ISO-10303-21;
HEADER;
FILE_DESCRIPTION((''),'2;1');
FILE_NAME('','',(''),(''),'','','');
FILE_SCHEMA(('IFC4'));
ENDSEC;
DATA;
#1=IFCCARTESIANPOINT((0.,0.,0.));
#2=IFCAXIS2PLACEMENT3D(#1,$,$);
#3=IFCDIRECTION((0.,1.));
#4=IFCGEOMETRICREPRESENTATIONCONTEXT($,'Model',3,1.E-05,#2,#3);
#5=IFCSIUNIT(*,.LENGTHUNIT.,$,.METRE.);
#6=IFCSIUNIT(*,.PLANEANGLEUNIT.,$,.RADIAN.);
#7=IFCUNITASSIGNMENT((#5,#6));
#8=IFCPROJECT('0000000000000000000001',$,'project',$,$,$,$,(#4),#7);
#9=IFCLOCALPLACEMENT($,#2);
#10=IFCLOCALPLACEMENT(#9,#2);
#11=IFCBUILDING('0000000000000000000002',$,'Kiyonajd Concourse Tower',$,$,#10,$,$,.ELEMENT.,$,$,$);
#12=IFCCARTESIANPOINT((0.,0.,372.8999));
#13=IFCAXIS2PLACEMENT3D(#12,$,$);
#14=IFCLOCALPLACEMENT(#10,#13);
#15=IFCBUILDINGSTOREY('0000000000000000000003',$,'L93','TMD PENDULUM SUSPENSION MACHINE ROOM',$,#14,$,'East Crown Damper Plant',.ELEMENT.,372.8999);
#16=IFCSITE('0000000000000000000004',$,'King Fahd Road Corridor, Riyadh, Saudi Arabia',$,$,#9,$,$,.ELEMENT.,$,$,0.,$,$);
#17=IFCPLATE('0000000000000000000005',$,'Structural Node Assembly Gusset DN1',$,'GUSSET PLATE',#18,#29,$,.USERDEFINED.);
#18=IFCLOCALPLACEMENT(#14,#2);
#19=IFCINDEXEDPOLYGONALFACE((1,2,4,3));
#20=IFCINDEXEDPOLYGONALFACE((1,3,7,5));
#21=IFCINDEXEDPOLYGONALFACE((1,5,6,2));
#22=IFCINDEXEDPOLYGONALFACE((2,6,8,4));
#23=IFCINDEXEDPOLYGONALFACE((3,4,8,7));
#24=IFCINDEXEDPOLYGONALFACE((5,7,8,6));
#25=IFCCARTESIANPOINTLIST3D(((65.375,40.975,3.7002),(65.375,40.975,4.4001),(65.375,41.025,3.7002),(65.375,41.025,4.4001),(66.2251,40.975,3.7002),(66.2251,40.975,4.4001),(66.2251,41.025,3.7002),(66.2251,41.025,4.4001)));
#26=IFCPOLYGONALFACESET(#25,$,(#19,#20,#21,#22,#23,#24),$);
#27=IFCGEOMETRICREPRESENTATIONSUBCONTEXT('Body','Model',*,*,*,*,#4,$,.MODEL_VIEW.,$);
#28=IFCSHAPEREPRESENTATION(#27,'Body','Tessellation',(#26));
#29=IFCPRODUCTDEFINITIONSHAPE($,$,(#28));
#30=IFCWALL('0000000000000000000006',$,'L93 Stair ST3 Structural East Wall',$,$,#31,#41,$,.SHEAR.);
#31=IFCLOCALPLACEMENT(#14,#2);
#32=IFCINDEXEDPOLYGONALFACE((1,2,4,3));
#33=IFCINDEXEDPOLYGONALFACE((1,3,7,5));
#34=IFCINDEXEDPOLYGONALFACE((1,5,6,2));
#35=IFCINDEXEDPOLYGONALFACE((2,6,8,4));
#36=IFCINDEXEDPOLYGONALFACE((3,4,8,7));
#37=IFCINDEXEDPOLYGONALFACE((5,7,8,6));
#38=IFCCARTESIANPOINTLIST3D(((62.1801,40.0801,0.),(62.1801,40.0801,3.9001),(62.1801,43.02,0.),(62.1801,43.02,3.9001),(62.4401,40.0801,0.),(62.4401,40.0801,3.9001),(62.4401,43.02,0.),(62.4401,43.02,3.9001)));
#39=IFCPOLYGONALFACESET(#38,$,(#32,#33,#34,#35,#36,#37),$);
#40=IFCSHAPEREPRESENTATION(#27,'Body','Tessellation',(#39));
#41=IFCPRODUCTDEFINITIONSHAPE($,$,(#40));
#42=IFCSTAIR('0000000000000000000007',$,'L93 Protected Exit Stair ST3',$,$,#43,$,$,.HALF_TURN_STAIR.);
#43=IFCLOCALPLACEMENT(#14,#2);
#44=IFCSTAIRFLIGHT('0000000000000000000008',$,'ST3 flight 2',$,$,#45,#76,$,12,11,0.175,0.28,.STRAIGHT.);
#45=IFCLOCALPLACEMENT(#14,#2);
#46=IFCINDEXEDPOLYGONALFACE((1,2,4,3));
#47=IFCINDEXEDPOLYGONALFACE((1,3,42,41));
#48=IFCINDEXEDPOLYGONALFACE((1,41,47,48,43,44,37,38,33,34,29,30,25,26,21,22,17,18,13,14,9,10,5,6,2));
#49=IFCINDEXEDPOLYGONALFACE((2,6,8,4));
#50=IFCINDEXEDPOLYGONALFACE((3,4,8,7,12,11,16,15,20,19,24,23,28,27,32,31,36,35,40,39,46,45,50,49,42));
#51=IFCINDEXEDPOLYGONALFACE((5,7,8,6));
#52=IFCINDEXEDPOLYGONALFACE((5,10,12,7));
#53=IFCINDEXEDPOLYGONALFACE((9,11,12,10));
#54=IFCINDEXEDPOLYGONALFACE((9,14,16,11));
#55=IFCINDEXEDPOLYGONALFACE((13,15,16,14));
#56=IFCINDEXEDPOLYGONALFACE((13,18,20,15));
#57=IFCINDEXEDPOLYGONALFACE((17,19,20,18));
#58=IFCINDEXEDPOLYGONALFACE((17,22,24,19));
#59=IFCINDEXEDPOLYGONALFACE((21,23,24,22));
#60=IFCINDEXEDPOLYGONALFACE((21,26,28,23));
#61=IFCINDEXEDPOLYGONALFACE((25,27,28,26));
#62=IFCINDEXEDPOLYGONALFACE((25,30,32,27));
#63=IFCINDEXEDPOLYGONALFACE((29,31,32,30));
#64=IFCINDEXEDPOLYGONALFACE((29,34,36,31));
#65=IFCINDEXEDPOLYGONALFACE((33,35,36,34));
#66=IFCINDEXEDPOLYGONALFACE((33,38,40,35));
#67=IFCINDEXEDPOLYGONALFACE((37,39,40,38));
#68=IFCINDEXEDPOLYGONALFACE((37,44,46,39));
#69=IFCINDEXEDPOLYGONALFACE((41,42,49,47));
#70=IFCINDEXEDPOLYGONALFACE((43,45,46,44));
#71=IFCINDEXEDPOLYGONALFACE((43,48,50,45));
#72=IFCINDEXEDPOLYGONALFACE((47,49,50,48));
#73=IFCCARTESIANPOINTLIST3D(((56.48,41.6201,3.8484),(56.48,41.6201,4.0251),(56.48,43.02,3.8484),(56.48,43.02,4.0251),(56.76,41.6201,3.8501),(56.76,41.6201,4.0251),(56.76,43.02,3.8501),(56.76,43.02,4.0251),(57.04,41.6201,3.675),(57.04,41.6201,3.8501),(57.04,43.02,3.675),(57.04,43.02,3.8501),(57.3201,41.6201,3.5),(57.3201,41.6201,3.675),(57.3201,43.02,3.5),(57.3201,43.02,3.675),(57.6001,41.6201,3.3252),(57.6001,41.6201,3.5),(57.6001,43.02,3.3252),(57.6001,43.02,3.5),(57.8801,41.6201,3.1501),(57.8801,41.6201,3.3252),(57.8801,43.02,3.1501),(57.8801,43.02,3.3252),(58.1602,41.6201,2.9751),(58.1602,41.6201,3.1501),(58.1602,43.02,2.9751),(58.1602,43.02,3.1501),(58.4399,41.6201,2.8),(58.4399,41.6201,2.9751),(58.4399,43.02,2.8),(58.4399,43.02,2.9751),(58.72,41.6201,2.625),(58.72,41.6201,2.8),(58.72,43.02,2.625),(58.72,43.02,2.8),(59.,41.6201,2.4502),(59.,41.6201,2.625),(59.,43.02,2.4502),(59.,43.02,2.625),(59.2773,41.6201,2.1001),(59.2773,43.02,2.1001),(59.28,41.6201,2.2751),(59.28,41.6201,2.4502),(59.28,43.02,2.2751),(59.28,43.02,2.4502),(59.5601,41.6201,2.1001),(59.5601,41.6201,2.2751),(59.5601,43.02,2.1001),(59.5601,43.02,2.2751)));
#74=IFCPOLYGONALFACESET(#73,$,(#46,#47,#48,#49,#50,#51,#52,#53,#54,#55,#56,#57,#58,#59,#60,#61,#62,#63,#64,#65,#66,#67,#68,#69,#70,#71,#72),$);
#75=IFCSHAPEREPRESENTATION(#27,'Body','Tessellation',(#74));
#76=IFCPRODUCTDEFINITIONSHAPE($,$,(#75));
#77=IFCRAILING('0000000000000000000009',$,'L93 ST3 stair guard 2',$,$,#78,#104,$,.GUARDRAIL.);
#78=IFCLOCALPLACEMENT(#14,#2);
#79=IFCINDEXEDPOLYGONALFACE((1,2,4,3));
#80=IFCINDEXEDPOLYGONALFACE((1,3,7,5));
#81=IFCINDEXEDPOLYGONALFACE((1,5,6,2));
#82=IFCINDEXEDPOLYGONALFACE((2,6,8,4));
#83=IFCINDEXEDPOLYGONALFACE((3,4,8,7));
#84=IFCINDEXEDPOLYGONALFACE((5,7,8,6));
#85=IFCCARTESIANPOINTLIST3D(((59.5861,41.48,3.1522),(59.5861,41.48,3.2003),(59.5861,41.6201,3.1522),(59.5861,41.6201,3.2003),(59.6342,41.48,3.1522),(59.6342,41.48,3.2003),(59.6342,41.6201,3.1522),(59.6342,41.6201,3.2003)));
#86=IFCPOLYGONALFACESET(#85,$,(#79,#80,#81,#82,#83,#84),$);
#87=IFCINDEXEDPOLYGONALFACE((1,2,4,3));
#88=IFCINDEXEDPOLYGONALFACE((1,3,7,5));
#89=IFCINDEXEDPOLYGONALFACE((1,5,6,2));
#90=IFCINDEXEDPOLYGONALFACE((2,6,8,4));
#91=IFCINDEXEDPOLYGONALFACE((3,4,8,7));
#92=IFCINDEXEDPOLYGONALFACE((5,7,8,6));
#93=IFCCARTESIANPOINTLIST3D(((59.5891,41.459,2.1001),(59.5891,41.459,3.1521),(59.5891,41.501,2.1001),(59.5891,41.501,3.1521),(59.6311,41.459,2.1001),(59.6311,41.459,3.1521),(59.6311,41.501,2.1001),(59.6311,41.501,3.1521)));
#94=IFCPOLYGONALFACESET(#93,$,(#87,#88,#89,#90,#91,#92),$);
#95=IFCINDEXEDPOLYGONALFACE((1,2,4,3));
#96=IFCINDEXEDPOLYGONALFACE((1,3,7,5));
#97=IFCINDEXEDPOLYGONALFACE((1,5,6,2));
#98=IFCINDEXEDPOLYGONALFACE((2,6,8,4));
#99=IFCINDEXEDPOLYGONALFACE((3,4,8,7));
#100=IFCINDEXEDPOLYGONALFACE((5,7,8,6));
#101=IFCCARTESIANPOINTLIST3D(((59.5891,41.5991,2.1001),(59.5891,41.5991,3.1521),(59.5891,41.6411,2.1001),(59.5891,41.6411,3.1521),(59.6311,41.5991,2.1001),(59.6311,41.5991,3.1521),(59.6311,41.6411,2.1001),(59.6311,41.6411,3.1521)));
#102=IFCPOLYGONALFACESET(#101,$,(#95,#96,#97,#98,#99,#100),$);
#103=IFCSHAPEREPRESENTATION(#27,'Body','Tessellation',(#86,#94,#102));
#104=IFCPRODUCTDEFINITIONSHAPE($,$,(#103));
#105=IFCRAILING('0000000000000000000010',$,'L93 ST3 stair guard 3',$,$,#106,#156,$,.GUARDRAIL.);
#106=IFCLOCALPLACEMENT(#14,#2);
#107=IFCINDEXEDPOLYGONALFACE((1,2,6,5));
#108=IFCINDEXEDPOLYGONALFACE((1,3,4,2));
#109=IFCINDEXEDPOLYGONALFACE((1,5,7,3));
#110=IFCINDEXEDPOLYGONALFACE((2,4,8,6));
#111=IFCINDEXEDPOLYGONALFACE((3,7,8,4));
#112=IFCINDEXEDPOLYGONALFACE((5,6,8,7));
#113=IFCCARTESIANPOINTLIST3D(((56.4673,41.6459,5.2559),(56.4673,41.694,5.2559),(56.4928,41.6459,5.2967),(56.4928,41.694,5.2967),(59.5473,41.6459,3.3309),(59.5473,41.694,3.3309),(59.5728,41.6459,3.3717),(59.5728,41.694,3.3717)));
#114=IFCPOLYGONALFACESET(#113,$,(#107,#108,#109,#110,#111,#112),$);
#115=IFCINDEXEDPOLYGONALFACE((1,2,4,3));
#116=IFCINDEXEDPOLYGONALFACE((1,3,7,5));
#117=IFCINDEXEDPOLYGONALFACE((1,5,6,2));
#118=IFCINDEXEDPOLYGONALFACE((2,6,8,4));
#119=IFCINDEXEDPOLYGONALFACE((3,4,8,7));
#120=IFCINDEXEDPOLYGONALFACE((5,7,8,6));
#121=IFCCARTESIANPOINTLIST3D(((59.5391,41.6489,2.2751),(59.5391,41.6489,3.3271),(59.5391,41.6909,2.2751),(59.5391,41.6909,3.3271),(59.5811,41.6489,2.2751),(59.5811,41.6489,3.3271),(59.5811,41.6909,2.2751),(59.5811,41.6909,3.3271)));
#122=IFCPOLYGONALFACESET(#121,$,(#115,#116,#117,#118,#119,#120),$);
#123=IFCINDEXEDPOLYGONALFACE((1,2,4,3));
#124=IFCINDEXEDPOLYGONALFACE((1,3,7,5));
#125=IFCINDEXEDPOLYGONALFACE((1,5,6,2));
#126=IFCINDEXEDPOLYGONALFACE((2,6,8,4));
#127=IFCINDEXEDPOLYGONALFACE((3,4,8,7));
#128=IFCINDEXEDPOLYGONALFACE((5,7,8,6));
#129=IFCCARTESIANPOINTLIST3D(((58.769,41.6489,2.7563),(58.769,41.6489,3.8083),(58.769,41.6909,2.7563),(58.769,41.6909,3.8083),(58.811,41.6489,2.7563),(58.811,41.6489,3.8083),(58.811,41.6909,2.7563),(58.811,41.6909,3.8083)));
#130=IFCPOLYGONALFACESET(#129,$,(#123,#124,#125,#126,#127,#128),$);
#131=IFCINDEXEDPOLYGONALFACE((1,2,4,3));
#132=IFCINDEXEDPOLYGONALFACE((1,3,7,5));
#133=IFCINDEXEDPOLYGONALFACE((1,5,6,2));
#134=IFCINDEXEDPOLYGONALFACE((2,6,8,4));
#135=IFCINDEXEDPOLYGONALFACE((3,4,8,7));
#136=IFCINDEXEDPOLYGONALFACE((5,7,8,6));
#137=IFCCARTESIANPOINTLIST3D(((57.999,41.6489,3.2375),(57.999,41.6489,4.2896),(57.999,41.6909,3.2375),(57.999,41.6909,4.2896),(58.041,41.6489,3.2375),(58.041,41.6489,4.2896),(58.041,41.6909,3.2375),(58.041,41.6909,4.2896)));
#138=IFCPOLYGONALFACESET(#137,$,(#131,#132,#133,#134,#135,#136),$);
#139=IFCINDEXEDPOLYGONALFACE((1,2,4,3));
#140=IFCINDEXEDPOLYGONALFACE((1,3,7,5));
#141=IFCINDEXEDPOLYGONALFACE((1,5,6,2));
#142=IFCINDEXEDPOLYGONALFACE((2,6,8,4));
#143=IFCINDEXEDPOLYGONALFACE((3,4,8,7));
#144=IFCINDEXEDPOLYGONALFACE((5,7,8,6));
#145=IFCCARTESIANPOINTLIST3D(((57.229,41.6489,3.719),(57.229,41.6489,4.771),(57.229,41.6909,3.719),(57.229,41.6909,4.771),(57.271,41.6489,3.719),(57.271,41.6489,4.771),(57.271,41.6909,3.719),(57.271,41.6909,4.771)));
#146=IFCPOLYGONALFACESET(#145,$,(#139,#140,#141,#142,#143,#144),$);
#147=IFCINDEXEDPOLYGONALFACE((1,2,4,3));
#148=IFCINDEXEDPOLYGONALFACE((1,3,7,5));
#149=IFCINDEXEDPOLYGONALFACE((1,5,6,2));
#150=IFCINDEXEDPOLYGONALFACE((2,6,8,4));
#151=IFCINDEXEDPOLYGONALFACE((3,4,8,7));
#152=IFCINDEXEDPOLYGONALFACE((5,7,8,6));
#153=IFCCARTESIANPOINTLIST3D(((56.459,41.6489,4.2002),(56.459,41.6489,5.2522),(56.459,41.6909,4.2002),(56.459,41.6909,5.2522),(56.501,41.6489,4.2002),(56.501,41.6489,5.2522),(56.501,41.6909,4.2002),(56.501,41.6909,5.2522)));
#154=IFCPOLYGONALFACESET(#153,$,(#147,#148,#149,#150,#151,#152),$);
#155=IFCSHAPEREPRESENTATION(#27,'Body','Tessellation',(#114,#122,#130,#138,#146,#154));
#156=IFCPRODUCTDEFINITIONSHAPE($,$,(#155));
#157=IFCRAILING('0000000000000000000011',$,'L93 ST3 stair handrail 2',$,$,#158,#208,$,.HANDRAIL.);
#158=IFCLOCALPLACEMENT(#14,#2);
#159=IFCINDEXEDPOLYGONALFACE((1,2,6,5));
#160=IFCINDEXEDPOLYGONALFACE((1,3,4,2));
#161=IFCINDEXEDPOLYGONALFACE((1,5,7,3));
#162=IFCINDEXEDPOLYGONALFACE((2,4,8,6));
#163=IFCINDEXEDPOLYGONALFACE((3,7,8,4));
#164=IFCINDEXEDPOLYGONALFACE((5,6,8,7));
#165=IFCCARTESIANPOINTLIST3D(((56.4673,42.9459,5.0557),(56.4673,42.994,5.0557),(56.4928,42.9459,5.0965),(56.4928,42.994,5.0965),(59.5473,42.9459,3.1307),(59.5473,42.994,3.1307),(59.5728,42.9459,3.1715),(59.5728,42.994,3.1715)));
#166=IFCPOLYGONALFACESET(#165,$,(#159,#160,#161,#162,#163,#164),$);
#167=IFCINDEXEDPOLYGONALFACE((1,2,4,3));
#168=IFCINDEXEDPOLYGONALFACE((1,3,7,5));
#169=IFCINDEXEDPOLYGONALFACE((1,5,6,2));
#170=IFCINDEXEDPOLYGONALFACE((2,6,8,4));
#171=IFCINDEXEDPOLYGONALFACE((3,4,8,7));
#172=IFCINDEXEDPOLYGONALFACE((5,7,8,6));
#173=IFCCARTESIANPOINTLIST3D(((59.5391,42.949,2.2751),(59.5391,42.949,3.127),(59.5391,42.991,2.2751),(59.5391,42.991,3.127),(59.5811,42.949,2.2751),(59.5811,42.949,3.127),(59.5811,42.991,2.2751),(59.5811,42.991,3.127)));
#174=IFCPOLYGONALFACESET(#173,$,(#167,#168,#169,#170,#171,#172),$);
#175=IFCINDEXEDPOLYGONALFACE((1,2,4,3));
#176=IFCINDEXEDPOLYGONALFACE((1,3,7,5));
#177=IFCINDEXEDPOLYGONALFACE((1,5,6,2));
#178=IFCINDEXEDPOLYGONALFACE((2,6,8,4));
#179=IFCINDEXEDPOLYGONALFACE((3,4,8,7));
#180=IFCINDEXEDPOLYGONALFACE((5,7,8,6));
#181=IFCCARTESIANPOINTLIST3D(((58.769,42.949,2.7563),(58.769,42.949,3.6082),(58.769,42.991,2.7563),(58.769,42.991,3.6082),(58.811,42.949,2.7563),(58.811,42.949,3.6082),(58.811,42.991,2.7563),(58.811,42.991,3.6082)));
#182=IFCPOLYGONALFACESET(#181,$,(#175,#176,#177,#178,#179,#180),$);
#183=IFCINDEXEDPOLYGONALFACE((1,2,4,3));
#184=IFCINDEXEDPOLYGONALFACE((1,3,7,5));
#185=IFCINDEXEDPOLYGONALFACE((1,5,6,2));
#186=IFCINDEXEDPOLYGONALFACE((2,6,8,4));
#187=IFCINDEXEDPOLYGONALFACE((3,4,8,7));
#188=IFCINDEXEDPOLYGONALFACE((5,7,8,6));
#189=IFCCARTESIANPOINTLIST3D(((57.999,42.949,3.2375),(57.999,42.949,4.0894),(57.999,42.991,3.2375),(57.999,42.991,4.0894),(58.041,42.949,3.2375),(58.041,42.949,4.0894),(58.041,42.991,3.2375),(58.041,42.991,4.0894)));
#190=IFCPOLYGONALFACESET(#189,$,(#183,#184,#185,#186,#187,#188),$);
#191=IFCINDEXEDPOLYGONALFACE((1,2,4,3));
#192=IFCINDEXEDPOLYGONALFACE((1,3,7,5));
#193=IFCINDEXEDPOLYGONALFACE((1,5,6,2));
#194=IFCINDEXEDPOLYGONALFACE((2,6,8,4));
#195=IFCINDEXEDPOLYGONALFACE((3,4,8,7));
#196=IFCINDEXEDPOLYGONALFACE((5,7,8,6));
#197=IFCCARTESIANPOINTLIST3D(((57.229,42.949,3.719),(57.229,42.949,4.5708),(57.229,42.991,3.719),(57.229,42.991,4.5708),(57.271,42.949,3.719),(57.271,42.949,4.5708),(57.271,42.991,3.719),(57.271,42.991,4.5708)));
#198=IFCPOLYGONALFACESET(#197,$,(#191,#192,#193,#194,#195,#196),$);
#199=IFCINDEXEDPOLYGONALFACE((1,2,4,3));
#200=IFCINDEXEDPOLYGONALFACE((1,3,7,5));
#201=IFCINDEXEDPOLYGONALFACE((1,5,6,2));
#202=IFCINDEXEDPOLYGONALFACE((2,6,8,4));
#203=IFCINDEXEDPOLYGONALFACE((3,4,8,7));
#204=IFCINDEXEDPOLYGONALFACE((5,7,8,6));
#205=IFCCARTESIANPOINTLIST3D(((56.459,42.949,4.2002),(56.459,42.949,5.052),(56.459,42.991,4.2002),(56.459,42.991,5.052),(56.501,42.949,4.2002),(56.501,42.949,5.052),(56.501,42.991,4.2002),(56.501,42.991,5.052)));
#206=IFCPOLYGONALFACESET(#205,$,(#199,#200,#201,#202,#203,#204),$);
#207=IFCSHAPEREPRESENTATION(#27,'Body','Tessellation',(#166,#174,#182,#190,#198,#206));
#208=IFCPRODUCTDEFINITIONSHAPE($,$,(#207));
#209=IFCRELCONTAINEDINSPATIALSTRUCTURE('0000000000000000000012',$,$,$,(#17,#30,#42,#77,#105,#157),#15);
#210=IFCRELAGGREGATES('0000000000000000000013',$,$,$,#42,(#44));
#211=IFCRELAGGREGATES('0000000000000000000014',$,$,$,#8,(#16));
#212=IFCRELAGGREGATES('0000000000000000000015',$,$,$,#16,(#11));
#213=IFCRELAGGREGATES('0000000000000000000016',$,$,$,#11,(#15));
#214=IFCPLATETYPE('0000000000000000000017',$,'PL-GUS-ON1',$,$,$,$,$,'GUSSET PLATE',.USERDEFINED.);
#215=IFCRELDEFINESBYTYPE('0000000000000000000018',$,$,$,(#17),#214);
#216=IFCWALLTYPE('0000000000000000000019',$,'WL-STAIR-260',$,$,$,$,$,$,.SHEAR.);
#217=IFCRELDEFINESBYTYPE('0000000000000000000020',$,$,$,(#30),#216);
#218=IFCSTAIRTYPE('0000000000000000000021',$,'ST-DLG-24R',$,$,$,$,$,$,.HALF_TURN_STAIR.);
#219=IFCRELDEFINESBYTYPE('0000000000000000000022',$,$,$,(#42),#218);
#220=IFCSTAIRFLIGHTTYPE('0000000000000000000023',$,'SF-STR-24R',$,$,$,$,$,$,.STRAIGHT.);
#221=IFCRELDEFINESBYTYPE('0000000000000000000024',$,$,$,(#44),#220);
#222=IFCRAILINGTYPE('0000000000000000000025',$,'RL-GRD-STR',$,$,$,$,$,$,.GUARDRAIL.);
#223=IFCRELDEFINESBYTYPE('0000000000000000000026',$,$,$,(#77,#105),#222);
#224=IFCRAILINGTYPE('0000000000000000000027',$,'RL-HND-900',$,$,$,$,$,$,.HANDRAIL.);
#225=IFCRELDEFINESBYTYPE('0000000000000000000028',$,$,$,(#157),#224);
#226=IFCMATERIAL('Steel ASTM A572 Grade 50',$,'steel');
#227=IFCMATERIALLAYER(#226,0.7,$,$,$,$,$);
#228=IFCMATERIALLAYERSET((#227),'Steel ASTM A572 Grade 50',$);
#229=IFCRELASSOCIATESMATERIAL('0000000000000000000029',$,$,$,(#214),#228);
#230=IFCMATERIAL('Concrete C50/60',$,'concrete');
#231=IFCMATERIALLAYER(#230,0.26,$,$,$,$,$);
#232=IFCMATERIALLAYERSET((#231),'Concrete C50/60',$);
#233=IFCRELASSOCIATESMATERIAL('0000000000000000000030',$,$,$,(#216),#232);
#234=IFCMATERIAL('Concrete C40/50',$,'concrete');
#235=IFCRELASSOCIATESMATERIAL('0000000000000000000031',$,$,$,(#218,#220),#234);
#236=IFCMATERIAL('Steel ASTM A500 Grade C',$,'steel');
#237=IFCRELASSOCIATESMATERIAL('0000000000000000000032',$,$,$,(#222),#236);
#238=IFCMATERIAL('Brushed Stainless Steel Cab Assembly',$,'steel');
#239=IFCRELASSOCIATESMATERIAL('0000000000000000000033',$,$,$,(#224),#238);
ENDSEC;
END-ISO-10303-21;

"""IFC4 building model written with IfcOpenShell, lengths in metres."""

from ifc_helpers import new_model, si_unit, direction, frame, frame_2d, origin, origin_2d, place, context, subcontext, project, spatial, polyline, rectangle, outline, extrude, material, layer, layer_set, type_object, element, aggregate, save


model = new_model("IFC4")

# Units and contexts
model_context = context("Model", 3, precision=1e-05, world=origin(), true_north=direction((0.0, 1.0)))
body_context = subcontext(model_context, "Body", "Model", "MODEL_VIEW")
ifc_project = project(units=[si_unit("LENGTHUNIT", "METRE"), si_unit("PLANEANGLEUNIT", "RADIAN")], contexts=[model_context])

# Site, building, storey
site_placement = place(None, origin())
site = spatial("IfcSite", under=ifc_project, at=site_placement, Name="King Fahd Road Corridor, Riyadh, Saudi Arabia", CompositionType="ELEMENT", RefElevation=0.0)
building_placement = place(site_placement, origin())
building = spatial("IfcBuilding", under=site, at=building_placement, Name="Kiyonajd Concourse Tower", CompositionType="ELEMENT")
storey_placement = place(building_placement, frame((0.0, 0.0, 372.8999)))
storey = spatial("IfcBuildingStorey", under=building, at=storey_placement, Name="L93", Description="TMD PENDULUM SUSPENSION MACHINE ROOM", LongName="East Crown Damper Plant", CompositionType="ELEMENT", Elevation=372.8999)

# Shared definitions
ifc_material_1 = material(Name="Steel ASTM A572 Grade 50", Category="steel")

# Shared definitions
ifc_material_2 = material(Name="Steel ASTM A500 Grade C", Category="steel")

# Plate
ifc_layer_1 = layer(ifc_material_1, 0.7)
ifc_layer_set_1 = layer_set([ifc_layer_1], Name="Steel ASTM A572 Grade 50")
plate_type_1 = type_object("IfcPlateType", Name="PL-GUS-ON1", ElementType="GUSSET PLATE", PredefinedType="USERDEFINED", material=ifc_layer_set_1)
plate_1_placement = place(storey_placement, frame((65.8, 41.0, 3.7002), z_axis=(0.0, 0.0, 1.0), x_axis=(1.0, 0.0, 0.0)))
element("IfcPlate", 1, at=plate_1_placement, inside=storey, type_object=plate_type_1, Name="Structural Node Assembly Gusset DN1", ObjectType="GUSSET PLATE", PredefinedType="USERDEFINED", context=body_context, shape_type="SweptSolid", body=[
    extrude(rectangle(XDim=0.8501, YDim=0.05, at=origin_2d()), origin(), (0.0, 0.0, 1.0), 0.7),
])

# Wall
ifc_material_3 = material(Name="Concrete C50/60", Category="concrete")
ifc_layer_2 = layer(ifc_material_3, 0.26)
ifc_layer_set_2 = layer_set([ifc_layer_2], Name="Concrete C50/60")
wall_type = type_object("IfcWallType", Name="WL-STAIR-260", PredefinedType="SHEAR", material=ifc_layer_set_2)
wall_placement = place(storey_placement, frame((62.3101, 40.0801, 0.0), z_axis=(0.0, 0.0, 1.0), x_axis=(0.0, 1.0, 0.0)))
element("IfcWall", 2, at=wall_placement, inside=storey, type_object=wall_type, Name="L93 Stair ST3 Structural East Wall", PredefinedType="SHEAR", context=body_context, shape_type="SweptSolid", body=[
    extrude(rectangle(XDim=2.9399, YDim=0.26, at=frame_2d((1.47, 0.0))), origin(), (0.0, 0.0, 1.0), 3.9001),
])

# Stair, stair flight
ifc_material_4 = material(Name="Concrete C40/50", Category="concrete")
stair_type = type_object("IfcStairType", Name="ST-DLG-24R", PredefinedType="HALF_TURN_STAIR", material=ifc_material_4)
stair_placement = place(storey_placement, origin())
stair = element("IfcStair", 3, at=stair_placement, inside=storey, type_object=stair_type, Name="L93 Protected Exit Stair ST3", PredefinedType="HALF_TURN_STAIR")
stair_flight_type = type_object("IfcStairFlightType", Name="SF-STR-24R", PredefinedType="STRAIGHT", material=ifc_material_4)
stair_flight_placement = place(storey_placement, frame((59.5601, 42.3201, 2.1001), z_axis=(0.0, 0.0, 1.0), x_axis=(-1.0, 0.0, 0.0)))
stair_flight = element("IfcStairFlight", 4, at=stair_flight_placement, type_object=stair_flight_type, Name="ST3 flight 2", NumberOfRisers=12, NumberOfTreads=11, PredefinedType="STRAIGHT", RiserHeight=0.175, TreadLength=0.28, context=body_context, shape_type="SweptSolid", body=[
    extrude(outline(polyline([(0.0, 0.0), (0.0, 0.175), (0.28, 0.175), (0.28, 0.3501), (0.5601, 0.3501), (0.5601, 0.5249), (0.8401, 0.5249), (0.8401, 0.7), (1.1201, 0.7), (1.1201, 0.875), (1.3999, 0.875), (1.3999, 1.05), (1.6799, 1.05), (1.6799, 1.2251), (1.96, 1.2251), (1.96, 1.3999), (2.24, 1.3999), (2.24, 1.575), (2.52, 1.575), (2.52, 1.75), (2.8, 1.75), (2.8, 1.925), (3.0801, 1.925), (3.0801, 2.1001), (3.0801, 1.7483), (0.2827, 0.0), (0.0, 0.0)])), frame((0.0, 0.7, 0.0), z_axis=(0.0, -1.0, 0.0), x_axis=(1.0, 0.0, 0.0)), (0.0, 0.0, 1.0), 1.3999),
])
aggregate(stair, [stair_flight])

# Railings
railing_type_1 = type_object("IfcRailingType", Name="RL-GRD-STR", PredefinedType="GUARDRAIL", material=ifc_material_2)
railing_1_placement = place(storey_placement, frame((59.6101, 41.48, 2.1001)))
element("IfcRailing", 5, at=railing_1_placement, inside=storey, type_object=railing_type_1, Name="L93 ST3 stair guard 2", PredefinedType="GUARDRAIL", context=body_context, shape_type="SweptSolid", body=[
    extrude(rectangle(XDim=0.0481, YDim=0.0481, at=origin_2d()), frame((0.0, 0.0, 1.0762), z_axis=(0.0, 1.0, 0.0), x_axis=(-1.0, 0.0, 0.0)), (0.0, 0.0, 1.0), 0.1401),
    extrude(rectangle(XDim=0.042, YDim=0.042, at=origin_2d()), origin(), (0.0, 0.0, 1.0), 1.052),
    extrude(rectangle(XDim=0.042, YDim=0.042, at=origin_2d()), frame((0.0, 0.1401, 0.0)), (0.0, 0.0, 1.0), 1.052),
])
railing_2_placement = place(storey_placement, frame((59.5601, 41.6699, 2.2751)))
element("IfcRailing", 6, at=railing_2_placement, inside=storey, type_object=railing_type_1, Name="L93 ST3 stair guard 3", PredefinedType="GUARDRAIL", context=body_context, shape_type="SweptSolid", body=[
    extrude(rectangle(XDim=0.0481, YDim=0.0481, at=origin_2d()), frame((0.0, 0.0, 1.0762), z_axis=(-0.847998, 0.0, 0.529999), x_axis=(0.0, -1.0, 0.0)), (0.0, 0.0, 1.0), 3.6321),
    extrude(rectangle(XDim=0.042, YDim=0.042, at=origin_2d()), origin(), (0.0, 0.0, 1.0), 1.052),
    extrude(rectangle(XDim=0.042, YDim=0.042, at=origin_2d()), frame((-0.77, 0.0, 0.4812)), (0.0, 0.0, 1.0), 1.052),
    extrude(rectangle(XDim=0.042, YDim=0.042, at=origin_2d()), frame((-1.54, 0.0, 0.9624)), (0.0, 0.0, 1.0), 1.052),
    extrude(rectangle(XDim=0.042, YDim=0.042, at=origin_2d()), frame((-2.3101, 0.0, 1.4438)), (0.0, 0.0, 1.0), 1.052),
    extrude(rectangle(XDim=0.042, YDim=0.042, at=origin_2d()), frame((-3.0801, 0.0, 1.925)), (0.0, 0.0, 1.0), 1.052),
])
ifc_material_5 = material(Name="Brushed Stainless Steel Cab Assembly", Category="steel")
railing_type_2 = type_object("IfcRailingType", Name="RL-HND-900", PredefinedType="HANDRAIL", material=ifc_material_5)
railing_3_placement = place(storey_placement, frame((59.5601, 42.97, 2.2751)))
element("IfcRailing", 7, at=railing_3_placement, inside=storey, type_object=railing_type_2, Name="L93 ST3 stair handrail 2", PredefinedType="HANDRAIL", context=body_context, shape_type="SweptSolid", body=[
    extrude(rectangle(XDim=0.0481, YDim=0.0481, at=origin_2d()), frame((0.0, 0.0, 0.876), z_axis=(-0.847998, 0.0, 0.529999), x_axis=(0.0, -1.0, 0.0)), (0.0, 0.0, 1.0), 3.6321),
    extrude(rectangle(XDim=0.042, YDim=0.042, at=origin_2d()), origin(), (0.0, 0.0, 1.0), 0.8518),
    extrude(rectangle(XDim=0.042, YDim=0.042, at=origin_2d()), frame((-0.77, 0.0, 0.4812)), (0.0, 0.0, 1.0), 0.8518),
    extrude(rectangle(XDim=0.042, YDim=0.042, at=origin_2d()), frame((-1.54, 0.0, 0.9624)), (0.0, 0.0, 1.0), 0.8518),
    extrude(rectangle(XDim=0.042, YDim=0.042, at=origin_2d()), frame((-2.3101, 0.0, 1.4438)), (0.0, 0.0, 1.0), 0.8518),
    extrude(rectangle(XDim=0.042, YDim=0.042, at=origin_2d()), frame((-3.0801, 0.0, 1.925)), (0.0, 0.0, 1.0), 0.8518),
])

save(model, "model.ifc")
